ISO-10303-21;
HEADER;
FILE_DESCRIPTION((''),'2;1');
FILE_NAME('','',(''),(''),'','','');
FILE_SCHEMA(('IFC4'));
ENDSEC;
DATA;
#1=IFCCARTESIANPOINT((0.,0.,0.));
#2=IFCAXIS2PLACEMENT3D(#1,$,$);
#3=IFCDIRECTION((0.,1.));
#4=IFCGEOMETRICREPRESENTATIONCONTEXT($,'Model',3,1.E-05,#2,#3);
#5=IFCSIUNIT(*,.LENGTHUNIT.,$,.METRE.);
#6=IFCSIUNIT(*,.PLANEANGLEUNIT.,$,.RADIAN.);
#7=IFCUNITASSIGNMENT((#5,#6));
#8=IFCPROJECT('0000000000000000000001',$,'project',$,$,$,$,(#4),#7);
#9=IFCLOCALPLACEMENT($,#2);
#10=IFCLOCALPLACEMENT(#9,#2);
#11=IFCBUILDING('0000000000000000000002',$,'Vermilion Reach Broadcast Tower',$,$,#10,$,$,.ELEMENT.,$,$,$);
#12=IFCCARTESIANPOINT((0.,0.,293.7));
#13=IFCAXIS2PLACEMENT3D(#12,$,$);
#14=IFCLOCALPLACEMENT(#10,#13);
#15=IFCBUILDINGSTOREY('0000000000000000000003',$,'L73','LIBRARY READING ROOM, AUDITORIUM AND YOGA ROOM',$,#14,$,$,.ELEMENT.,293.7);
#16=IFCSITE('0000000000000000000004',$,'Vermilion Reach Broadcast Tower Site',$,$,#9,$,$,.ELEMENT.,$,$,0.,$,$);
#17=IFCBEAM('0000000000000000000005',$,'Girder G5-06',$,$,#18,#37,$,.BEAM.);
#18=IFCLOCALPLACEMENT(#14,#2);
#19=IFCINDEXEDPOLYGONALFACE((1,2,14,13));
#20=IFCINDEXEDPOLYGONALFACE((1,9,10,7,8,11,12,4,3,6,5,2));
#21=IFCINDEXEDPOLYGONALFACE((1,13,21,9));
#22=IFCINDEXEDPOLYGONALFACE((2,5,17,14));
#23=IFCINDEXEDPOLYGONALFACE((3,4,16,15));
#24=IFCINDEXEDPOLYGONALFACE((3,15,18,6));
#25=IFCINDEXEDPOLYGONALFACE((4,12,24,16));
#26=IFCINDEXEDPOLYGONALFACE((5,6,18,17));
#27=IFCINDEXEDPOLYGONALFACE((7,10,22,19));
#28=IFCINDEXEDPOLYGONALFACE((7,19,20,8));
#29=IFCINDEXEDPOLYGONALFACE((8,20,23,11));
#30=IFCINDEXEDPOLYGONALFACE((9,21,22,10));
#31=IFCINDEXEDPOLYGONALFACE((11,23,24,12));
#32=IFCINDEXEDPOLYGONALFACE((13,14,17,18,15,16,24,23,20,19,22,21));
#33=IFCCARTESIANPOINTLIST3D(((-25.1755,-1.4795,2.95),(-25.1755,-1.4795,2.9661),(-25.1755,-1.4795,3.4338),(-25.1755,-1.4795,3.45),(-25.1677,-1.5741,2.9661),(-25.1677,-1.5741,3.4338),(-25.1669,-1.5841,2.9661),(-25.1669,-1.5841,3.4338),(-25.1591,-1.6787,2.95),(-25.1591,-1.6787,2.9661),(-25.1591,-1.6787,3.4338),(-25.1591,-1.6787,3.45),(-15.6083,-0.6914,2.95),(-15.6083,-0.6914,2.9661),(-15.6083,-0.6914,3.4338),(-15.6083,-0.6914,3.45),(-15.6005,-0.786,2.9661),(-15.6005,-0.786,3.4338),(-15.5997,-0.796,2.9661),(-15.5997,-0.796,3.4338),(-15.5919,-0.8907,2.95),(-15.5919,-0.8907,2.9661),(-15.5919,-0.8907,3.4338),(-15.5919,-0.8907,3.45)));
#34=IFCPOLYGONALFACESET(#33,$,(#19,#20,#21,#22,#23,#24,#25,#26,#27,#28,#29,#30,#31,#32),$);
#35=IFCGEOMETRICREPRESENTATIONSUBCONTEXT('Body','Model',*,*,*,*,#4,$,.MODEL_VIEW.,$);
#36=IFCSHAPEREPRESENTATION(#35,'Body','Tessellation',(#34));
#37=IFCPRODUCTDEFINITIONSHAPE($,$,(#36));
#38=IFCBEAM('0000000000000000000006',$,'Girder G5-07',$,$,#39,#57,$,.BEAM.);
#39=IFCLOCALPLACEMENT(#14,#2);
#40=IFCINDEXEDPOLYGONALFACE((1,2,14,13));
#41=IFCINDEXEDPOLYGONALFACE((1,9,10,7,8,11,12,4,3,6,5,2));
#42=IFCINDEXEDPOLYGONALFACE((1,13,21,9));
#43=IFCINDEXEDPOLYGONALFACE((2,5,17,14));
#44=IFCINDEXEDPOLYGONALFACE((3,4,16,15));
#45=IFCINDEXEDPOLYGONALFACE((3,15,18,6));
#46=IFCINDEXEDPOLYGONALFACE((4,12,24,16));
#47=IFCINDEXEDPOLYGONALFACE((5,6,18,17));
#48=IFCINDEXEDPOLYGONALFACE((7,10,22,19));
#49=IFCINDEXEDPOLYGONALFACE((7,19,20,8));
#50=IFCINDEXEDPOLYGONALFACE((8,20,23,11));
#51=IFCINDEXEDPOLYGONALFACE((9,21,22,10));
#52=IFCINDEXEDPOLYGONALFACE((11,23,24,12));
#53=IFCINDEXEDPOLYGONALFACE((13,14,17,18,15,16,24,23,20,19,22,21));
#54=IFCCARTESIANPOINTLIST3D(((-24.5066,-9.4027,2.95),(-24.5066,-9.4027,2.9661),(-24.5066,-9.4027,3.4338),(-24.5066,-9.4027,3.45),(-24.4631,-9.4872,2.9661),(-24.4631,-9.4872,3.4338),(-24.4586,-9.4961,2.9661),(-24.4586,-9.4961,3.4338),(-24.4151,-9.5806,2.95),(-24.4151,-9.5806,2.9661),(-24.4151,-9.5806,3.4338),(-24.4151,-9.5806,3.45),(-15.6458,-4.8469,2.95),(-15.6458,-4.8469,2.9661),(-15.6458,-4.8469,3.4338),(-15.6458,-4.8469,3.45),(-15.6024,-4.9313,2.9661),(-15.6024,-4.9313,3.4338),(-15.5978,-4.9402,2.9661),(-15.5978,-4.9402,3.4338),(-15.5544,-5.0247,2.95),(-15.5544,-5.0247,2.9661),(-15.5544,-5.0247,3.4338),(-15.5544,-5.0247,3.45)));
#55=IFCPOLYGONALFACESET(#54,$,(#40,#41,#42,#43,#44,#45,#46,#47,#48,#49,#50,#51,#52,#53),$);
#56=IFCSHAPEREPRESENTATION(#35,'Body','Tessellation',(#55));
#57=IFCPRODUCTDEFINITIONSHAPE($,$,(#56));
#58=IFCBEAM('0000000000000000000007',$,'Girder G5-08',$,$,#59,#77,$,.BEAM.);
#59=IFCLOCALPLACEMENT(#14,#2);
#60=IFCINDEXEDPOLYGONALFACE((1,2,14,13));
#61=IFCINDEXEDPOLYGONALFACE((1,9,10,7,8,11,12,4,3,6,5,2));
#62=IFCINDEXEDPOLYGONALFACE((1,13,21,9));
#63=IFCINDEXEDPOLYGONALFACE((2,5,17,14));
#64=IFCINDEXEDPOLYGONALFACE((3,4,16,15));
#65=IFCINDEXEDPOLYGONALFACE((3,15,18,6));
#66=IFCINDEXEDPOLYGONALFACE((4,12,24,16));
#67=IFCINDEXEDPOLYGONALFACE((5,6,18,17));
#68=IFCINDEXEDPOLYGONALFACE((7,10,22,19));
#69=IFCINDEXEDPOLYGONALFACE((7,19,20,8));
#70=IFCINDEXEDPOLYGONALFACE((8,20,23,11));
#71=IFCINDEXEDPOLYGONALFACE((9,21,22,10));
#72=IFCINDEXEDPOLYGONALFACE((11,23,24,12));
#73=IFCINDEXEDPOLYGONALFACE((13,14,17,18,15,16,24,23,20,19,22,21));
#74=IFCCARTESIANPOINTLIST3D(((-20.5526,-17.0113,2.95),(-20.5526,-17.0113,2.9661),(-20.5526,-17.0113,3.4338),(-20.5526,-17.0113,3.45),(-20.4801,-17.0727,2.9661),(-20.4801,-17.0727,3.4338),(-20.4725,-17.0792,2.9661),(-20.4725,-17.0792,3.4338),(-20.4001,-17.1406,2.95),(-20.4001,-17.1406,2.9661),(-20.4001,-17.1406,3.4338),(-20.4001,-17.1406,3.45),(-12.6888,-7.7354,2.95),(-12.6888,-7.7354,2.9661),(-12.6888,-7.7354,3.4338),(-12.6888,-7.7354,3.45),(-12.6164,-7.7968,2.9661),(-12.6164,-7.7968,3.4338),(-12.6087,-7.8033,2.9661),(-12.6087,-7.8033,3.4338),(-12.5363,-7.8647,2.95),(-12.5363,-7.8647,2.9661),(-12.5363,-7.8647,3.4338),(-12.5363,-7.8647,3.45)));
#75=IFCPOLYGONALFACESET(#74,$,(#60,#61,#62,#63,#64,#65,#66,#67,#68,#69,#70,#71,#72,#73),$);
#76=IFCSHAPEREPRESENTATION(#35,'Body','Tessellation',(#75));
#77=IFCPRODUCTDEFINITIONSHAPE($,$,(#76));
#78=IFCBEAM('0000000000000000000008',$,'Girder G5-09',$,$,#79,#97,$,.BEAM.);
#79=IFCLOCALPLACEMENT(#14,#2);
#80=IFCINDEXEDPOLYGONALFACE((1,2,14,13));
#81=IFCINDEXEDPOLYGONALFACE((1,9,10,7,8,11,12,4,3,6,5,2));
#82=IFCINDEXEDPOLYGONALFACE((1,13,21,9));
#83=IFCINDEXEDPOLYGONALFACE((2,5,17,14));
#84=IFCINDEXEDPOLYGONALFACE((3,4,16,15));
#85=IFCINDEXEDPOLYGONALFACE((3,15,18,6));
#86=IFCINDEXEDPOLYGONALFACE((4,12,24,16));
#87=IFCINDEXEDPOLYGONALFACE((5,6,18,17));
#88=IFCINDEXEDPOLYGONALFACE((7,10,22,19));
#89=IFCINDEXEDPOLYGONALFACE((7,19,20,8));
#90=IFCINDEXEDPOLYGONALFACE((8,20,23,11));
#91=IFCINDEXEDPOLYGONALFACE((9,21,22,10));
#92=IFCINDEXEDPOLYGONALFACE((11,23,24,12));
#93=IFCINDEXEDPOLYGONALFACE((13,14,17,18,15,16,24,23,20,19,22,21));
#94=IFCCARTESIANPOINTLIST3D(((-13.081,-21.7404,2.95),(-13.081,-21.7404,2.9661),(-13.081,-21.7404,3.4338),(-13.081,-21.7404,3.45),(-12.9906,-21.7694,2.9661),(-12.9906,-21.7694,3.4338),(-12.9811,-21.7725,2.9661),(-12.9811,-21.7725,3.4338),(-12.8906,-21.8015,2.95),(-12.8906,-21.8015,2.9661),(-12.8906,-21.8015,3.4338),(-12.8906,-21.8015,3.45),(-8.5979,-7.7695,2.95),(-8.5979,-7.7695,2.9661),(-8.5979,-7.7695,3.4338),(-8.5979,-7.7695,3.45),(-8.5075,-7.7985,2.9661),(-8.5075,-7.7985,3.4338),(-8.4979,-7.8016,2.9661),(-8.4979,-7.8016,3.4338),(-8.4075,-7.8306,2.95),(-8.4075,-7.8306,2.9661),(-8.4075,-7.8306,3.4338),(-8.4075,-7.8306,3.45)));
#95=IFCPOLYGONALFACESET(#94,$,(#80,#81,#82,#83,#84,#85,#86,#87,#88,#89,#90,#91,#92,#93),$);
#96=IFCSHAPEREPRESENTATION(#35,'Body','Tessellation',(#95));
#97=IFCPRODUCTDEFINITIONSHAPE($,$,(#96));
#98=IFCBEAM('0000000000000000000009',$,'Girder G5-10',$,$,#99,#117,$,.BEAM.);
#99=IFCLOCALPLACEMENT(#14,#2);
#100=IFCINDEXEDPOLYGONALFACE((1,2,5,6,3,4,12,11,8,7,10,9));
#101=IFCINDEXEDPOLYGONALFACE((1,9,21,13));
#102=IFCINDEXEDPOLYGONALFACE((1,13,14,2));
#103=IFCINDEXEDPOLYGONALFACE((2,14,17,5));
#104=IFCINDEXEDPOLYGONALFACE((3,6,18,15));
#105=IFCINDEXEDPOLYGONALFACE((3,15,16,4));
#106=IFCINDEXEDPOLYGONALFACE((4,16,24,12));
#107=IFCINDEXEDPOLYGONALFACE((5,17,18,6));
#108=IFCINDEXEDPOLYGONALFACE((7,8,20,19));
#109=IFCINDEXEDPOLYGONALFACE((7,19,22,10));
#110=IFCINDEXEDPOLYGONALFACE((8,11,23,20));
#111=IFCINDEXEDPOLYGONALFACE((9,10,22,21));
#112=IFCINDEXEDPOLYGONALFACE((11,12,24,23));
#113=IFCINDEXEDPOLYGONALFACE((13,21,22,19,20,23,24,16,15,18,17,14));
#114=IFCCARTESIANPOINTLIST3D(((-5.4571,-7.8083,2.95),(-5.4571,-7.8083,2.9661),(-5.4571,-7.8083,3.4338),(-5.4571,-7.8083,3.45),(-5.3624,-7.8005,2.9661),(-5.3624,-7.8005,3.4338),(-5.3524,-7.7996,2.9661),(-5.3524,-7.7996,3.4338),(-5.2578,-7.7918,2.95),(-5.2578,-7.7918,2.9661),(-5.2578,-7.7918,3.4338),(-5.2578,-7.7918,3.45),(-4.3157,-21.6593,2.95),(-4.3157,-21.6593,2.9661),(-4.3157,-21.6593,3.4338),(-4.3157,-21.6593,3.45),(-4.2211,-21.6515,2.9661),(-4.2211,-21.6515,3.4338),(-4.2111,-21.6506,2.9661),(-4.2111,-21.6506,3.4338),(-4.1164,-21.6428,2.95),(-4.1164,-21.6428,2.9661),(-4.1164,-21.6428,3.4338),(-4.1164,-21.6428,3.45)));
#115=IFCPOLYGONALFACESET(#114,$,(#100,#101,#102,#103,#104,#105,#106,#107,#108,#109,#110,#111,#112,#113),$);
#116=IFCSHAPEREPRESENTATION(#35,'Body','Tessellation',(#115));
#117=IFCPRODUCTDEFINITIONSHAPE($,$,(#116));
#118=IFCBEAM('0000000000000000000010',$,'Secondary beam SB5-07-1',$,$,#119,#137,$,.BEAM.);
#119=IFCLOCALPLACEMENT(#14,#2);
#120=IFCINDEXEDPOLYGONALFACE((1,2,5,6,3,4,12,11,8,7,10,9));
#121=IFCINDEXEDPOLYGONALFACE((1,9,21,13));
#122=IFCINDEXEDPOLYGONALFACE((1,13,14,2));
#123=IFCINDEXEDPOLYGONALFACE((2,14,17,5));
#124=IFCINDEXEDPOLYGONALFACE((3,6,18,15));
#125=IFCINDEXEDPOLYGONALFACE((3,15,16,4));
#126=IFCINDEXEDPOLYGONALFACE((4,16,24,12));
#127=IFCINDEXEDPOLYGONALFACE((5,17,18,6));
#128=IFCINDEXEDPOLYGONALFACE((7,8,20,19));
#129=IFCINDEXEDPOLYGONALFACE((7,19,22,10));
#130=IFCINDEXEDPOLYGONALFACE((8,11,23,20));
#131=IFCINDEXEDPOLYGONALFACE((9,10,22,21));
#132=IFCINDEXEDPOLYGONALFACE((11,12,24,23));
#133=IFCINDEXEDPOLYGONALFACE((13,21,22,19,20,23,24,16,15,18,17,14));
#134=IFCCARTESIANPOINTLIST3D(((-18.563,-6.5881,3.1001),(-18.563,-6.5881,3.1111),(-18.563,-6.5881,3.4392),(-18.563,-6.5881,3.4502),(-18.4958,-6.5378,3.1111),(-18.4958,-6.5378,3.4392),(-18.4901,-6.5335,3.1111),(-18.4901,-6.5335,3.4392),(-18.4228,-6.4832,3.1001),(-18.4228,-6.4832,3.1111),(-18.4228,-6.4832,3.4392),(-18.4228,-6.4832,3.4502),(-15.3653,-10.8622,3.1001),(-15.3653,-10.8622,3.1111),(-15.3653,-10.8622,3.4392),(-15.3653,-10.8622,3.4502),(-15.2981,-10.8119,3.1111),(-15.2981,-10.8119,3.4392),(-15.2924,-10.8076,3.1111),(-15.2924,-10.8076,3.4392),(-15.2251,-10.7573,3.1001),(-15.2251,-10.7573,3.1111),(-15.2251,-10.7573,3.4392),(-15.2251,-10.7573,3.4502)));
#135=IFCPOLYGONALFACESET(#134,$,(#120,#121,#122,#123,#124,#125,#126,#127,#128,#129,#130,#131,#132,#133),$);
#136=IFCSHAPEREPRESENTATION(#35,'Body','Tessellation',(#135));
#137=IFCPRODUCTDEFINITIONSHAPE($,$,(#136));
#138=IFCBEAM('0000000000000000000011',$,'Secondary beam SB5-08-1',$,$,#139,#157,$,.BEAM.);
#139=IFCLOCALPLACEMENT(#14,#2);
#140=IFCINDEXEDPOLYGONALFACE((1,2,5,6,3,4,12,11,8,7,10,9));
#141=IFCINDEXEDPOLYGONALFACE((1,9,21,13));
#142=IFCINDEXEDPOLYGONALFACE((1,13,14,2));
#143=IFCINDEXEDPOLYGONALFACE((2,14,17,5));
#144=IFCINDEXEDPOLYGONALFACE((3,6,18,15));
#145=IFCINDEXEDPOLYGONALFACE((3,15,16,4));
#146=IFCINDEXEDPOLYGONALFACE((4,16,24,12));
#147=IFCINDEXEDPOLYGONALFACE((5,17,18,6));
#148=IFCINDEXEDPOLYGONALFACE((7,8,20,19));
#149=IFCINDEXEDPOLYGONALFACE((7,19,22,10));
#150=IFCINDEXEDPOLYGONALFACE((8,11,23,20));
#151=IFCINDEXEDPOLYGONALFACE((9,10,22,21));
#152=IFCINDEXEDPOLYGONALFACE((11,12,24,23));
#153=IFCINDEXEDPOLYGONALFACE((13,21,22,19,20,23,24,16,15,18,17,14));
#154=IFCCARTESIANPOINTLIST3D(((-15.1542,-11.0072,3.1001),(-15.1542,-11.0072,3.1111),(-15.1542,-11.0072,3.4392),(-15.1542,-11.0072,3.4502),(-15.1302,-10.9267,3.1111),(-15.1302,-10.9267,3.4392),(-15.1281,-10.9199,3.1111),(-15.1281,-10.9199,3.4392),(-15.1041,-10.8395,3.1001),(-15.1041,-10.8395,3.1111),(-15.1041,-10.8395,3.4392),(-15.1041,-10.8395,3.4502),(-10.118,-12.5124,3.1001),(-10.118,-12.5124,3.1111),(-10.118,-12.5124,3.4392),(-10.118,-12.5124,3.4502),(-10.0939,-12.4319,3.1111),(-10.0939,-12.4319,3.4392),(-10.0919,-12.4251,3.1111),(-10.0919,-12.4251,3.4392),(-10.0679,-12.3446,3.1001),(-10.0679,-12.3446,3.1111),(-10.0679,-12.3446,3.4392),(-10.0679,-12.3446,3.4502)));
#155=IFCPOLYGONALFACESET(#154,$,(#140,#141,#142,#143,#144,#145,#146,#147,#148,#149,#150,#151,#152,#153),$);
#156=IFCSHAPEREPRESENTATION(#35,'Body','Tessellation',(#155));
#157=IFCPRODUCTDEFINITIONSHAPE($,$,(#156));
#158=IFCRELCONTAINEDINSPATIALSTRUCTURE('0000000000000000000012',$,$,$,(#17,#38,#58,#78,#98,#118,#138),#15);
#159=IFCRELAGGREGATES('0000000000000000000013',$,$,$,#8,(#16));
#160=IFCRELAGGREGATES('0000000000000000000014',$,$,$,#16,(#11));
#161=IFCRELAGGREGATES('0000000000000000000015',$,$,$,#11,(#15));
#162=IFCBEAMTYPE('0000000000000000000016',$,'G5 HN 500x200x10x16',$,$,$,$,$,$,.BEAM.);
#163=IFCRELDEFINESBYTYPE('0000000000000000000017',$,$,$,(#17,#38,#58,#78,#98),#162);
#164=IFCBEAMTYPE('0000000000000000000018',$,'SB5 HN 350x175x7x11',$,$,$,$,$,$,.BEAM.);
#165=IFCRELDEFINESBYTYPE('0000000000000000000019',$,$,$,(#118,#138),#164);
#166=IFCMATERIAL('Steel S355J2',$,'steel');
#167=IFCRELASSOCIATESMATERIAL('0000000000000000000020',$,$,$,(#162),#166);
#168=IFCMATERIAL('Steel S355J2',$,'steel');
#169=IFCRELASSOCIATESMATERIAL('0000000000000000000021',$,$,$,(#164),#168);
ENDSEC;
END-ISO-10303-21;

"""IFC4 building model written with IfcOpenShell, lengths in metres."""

from ifc_helpers import new_model, si_unit, direction, frame, origin, origin_2d, place, context, subcontext, project, spatial, i_section, extrude, material, material_profile, profile_set, type_object, element, save


model = new_model("IFC4")

# Units and contexts
model_context = context("Model", 3, precision=1e-05, world=origin(), true_north=direction((0.0, 1.0)))
body_context = subcontext(model_context, "Body", "Model", "MODEL_VIEW")
ifc_project = project(units=[si_unit("LENGTHUNIT", "METRE"), si_unit("PLANEANGLEUNIT", "RADIAN")], contexts=[model_context])

# Site, building, storey
site_placement = place(None, origin())
site = spatial("IfcSite", under=ifc_project, at=site_placement, Name="Vermilion Reach Broadcast Tower Site", CompositionType="ELEMENT", RefElevation=0.0)
building_placement = place(site_placement, origin())
building = spatial("IfcBuilding", under=site, at=building_placement, Name="Vermilion Reach Broadcast Tower", CompositionType="ELEMENT")
storey_placement = place(building_placement, frame((0.0, 0.0, 293.7)))
storey = spatial("IfcBuildingStorey", under=building, at=storey_placement, Name="L73", Description="LIBRARY READING ROOM, AUDITORIUM AND YOGA ROOM", CompositionType="ELEMENT", Elevation=293.7)

# Beams
ifc_material_1 = material(Name="Steel S355J2", Category="steel")
ifc_material_profile_1 = material_profile(ifc_material_1, i_section(OverallWidth=0.2, OverallDepth=0.5, WebThickness=0.01, FlangeThickness=0.0161, at=origin_2d()), Name="S355J2 HN 500x200x10x16")
ifc_profile_set_1 = profile_set([ifc_material_profile_1], Name="Steel S355J2")
beam_type_1 = type_object("IfcBeamType", Name="G5 HN 500x200x10x16", PredefinedType="BEAM", material=ifc_profile_set_1)
beam_1_placement = place(storey_placement, frame((-15.6001, -0.791, 3.2), z_axis=(-0.996624, -0.082096, 0.0), x_axis=(0.082096, -0.996624, 0.0)))
element("IfcBeam", 1, at=beam_1_placement, inside=storey, type_object=beam_type_1, Name="Girder G5-06", PredefinedType="BEAM", context=body_context, shape_type="SweptSolid", body=[
    extrude(i_section(OverallWidth=0.2, OverallDepth=0.5, WebThickness=0.01, FlangeThickness=0.0161, at=origin_2d()), origin(), (0.0, 0.0, 1.0), 9.5996),
])
beam_2_placement = place(storey_placement, frame((-15.6001, -4.9358, 3.2), z_axis=(-0.889333, -0.457261, 0.0), x_axis=(0.457261, -0.889333, 0.0)))
element("IfcBeam", 2, at=beam_2_placement, inside=storey, type_object=beam_type_1, Name="Girder G5-07", PredefinedType="BEAM", context=body_context, shape_type="SweptSolid", body=[
    extrude(i_section(OverallWidth=0.2, OverallDepth=0.5, WebThickness=0.01, FlangeThickness=0.0161, at=origin_2d()), origin(), (0.0, 0.0, 1.0), 9.9634),
])
beam_3_placement = place(storey_placement, frame((-12.6125, -7.8, 3.2), z_axis=(-0.646658, -0.76278, 0.0), x_axis=(0.76278, -0.646658, 0.0)))
element("IfcBeam", 3, at=beam_3_placement, inside=storey, type_object=beam_type_1, Name="Girder G5-08", PredefinedType="BEAM", context=body_context, shape_type="SweptSolid", body=[
    extrude(i_section(OverallWidth=0.2, OverallDepth=0.5, WebThickness=0.01, FlangeThickness=0.0161, at=origin_2d()), origin(), (0.0, 0.0, 1.0), 12.1606),
])
beam_4_placement = place(storey_placement, frame((-8.5027, -7.8, 3.2), z_axis=(-0.305545, -0.952178, 0.0), x_axis=(0.952178, -0.305545, 0.0)))
element("IfcBeam", 4, at=beam_4_placement, inside=storey, type_object=beam_type_1, Name="Girder G5-09", PredefinedType="BEAM", context=body_context, shape_type="SweptSolid", body=[
    extrude(i_section(OverallWidth=0.2, OverallDepth=0.5, WebThickness=0.01, FlangeThickness=0.0161, at=origin_2d()), origin(), (0.0, 0.0, 1.0), 14.6726),
])
beam_5_placement = place(storey_placement, frame((-5.3574, -7.8, 3.2), z_axis=(0.082124, -0.996622, 0.0), x_axis=(0.996622, 0.082124, 0.0)))
element("IfcBeam", 5, at=beam_5_placement, inside=storey, type_object=beam_type_1, Name="Girder G5-10", PredefinedType="BEAM", context=body_context, shape_type="SweptSolid", body=[
    extrude(i_section(OverallWidth=0.2, OverallDepth=0.5, WebThickness=0.01, FlangeThickness=0.0161, at=origin_2d()), origin(), (0.0, 0.0, 1.0), 13.8979),
])
ifc_material_2 = material(Name="Steel S355J2", Category="steel")
ifc_material_profile_2 = material_profile(ifc_material_2, i_section(OverallWidth=0.175, OverallDepth=0.3501, WebThickness=0.0071, FlangeThickness=0.011, at=origin_2d()), Name="S355J2 HN 350x175x7x11")
ifc_profile_set_2 = profile_set([ifc_material_profile_2], Name="Steel S355J2")
beam_type_2 = type_object("IfcBeamType", Name="SB5 HN 350x175x7x11", PredefinedType="BEAM", material=ifc_profile_set_2)
beam_6_placement = place(storey_placement, frame((-18.4929, -6.5356, 3.2751), z_axis=(0.599056, -0.800707, 0.0), x_axis=(0.800707, 0.599056, 0.0)))
element("IfcBeam", 6, at=beam_6_placement, inside=storey, type_object=beam_type_2, Name="Secondary beam SB5-07-1", PredefinedType="BEAM", context=body_context, shape_type="SweptSolid", body=[
    extrude(i_section(OverallWidth=0.175, OverallDepth=0.3501, WebThickness=0.0071, FlangeThickness=0.011, at=origin_2d()), origin(), (0.0, 0.0, 1.0), 5.3379),
])
beam_7_placement = place(storey_placement, frame((-15.1292, -10.9233, 3.2751), z_axis=(0.958125, -0.286351, 0.0), x_axis=(0.286351, 0.958125, 0.0)))
element("IfcBeam", 7, at=beam_7_placement, inside=storey, type_object=beam_type_2, Name="Secondary beam SB5-08-1", PredefinedType="BEAM", context=body_context, shape_type="SweptSolid", body=[
    extrude(i_section(OverallWidth=0.175, OverallDepth=0.3501, WebThickness=0.0071, FlangeThickness=0.011, at=origin_2d()), origin(), (0.0, 0.0, 1.0), 5.2563),
])

save(model, "model.ifc")
